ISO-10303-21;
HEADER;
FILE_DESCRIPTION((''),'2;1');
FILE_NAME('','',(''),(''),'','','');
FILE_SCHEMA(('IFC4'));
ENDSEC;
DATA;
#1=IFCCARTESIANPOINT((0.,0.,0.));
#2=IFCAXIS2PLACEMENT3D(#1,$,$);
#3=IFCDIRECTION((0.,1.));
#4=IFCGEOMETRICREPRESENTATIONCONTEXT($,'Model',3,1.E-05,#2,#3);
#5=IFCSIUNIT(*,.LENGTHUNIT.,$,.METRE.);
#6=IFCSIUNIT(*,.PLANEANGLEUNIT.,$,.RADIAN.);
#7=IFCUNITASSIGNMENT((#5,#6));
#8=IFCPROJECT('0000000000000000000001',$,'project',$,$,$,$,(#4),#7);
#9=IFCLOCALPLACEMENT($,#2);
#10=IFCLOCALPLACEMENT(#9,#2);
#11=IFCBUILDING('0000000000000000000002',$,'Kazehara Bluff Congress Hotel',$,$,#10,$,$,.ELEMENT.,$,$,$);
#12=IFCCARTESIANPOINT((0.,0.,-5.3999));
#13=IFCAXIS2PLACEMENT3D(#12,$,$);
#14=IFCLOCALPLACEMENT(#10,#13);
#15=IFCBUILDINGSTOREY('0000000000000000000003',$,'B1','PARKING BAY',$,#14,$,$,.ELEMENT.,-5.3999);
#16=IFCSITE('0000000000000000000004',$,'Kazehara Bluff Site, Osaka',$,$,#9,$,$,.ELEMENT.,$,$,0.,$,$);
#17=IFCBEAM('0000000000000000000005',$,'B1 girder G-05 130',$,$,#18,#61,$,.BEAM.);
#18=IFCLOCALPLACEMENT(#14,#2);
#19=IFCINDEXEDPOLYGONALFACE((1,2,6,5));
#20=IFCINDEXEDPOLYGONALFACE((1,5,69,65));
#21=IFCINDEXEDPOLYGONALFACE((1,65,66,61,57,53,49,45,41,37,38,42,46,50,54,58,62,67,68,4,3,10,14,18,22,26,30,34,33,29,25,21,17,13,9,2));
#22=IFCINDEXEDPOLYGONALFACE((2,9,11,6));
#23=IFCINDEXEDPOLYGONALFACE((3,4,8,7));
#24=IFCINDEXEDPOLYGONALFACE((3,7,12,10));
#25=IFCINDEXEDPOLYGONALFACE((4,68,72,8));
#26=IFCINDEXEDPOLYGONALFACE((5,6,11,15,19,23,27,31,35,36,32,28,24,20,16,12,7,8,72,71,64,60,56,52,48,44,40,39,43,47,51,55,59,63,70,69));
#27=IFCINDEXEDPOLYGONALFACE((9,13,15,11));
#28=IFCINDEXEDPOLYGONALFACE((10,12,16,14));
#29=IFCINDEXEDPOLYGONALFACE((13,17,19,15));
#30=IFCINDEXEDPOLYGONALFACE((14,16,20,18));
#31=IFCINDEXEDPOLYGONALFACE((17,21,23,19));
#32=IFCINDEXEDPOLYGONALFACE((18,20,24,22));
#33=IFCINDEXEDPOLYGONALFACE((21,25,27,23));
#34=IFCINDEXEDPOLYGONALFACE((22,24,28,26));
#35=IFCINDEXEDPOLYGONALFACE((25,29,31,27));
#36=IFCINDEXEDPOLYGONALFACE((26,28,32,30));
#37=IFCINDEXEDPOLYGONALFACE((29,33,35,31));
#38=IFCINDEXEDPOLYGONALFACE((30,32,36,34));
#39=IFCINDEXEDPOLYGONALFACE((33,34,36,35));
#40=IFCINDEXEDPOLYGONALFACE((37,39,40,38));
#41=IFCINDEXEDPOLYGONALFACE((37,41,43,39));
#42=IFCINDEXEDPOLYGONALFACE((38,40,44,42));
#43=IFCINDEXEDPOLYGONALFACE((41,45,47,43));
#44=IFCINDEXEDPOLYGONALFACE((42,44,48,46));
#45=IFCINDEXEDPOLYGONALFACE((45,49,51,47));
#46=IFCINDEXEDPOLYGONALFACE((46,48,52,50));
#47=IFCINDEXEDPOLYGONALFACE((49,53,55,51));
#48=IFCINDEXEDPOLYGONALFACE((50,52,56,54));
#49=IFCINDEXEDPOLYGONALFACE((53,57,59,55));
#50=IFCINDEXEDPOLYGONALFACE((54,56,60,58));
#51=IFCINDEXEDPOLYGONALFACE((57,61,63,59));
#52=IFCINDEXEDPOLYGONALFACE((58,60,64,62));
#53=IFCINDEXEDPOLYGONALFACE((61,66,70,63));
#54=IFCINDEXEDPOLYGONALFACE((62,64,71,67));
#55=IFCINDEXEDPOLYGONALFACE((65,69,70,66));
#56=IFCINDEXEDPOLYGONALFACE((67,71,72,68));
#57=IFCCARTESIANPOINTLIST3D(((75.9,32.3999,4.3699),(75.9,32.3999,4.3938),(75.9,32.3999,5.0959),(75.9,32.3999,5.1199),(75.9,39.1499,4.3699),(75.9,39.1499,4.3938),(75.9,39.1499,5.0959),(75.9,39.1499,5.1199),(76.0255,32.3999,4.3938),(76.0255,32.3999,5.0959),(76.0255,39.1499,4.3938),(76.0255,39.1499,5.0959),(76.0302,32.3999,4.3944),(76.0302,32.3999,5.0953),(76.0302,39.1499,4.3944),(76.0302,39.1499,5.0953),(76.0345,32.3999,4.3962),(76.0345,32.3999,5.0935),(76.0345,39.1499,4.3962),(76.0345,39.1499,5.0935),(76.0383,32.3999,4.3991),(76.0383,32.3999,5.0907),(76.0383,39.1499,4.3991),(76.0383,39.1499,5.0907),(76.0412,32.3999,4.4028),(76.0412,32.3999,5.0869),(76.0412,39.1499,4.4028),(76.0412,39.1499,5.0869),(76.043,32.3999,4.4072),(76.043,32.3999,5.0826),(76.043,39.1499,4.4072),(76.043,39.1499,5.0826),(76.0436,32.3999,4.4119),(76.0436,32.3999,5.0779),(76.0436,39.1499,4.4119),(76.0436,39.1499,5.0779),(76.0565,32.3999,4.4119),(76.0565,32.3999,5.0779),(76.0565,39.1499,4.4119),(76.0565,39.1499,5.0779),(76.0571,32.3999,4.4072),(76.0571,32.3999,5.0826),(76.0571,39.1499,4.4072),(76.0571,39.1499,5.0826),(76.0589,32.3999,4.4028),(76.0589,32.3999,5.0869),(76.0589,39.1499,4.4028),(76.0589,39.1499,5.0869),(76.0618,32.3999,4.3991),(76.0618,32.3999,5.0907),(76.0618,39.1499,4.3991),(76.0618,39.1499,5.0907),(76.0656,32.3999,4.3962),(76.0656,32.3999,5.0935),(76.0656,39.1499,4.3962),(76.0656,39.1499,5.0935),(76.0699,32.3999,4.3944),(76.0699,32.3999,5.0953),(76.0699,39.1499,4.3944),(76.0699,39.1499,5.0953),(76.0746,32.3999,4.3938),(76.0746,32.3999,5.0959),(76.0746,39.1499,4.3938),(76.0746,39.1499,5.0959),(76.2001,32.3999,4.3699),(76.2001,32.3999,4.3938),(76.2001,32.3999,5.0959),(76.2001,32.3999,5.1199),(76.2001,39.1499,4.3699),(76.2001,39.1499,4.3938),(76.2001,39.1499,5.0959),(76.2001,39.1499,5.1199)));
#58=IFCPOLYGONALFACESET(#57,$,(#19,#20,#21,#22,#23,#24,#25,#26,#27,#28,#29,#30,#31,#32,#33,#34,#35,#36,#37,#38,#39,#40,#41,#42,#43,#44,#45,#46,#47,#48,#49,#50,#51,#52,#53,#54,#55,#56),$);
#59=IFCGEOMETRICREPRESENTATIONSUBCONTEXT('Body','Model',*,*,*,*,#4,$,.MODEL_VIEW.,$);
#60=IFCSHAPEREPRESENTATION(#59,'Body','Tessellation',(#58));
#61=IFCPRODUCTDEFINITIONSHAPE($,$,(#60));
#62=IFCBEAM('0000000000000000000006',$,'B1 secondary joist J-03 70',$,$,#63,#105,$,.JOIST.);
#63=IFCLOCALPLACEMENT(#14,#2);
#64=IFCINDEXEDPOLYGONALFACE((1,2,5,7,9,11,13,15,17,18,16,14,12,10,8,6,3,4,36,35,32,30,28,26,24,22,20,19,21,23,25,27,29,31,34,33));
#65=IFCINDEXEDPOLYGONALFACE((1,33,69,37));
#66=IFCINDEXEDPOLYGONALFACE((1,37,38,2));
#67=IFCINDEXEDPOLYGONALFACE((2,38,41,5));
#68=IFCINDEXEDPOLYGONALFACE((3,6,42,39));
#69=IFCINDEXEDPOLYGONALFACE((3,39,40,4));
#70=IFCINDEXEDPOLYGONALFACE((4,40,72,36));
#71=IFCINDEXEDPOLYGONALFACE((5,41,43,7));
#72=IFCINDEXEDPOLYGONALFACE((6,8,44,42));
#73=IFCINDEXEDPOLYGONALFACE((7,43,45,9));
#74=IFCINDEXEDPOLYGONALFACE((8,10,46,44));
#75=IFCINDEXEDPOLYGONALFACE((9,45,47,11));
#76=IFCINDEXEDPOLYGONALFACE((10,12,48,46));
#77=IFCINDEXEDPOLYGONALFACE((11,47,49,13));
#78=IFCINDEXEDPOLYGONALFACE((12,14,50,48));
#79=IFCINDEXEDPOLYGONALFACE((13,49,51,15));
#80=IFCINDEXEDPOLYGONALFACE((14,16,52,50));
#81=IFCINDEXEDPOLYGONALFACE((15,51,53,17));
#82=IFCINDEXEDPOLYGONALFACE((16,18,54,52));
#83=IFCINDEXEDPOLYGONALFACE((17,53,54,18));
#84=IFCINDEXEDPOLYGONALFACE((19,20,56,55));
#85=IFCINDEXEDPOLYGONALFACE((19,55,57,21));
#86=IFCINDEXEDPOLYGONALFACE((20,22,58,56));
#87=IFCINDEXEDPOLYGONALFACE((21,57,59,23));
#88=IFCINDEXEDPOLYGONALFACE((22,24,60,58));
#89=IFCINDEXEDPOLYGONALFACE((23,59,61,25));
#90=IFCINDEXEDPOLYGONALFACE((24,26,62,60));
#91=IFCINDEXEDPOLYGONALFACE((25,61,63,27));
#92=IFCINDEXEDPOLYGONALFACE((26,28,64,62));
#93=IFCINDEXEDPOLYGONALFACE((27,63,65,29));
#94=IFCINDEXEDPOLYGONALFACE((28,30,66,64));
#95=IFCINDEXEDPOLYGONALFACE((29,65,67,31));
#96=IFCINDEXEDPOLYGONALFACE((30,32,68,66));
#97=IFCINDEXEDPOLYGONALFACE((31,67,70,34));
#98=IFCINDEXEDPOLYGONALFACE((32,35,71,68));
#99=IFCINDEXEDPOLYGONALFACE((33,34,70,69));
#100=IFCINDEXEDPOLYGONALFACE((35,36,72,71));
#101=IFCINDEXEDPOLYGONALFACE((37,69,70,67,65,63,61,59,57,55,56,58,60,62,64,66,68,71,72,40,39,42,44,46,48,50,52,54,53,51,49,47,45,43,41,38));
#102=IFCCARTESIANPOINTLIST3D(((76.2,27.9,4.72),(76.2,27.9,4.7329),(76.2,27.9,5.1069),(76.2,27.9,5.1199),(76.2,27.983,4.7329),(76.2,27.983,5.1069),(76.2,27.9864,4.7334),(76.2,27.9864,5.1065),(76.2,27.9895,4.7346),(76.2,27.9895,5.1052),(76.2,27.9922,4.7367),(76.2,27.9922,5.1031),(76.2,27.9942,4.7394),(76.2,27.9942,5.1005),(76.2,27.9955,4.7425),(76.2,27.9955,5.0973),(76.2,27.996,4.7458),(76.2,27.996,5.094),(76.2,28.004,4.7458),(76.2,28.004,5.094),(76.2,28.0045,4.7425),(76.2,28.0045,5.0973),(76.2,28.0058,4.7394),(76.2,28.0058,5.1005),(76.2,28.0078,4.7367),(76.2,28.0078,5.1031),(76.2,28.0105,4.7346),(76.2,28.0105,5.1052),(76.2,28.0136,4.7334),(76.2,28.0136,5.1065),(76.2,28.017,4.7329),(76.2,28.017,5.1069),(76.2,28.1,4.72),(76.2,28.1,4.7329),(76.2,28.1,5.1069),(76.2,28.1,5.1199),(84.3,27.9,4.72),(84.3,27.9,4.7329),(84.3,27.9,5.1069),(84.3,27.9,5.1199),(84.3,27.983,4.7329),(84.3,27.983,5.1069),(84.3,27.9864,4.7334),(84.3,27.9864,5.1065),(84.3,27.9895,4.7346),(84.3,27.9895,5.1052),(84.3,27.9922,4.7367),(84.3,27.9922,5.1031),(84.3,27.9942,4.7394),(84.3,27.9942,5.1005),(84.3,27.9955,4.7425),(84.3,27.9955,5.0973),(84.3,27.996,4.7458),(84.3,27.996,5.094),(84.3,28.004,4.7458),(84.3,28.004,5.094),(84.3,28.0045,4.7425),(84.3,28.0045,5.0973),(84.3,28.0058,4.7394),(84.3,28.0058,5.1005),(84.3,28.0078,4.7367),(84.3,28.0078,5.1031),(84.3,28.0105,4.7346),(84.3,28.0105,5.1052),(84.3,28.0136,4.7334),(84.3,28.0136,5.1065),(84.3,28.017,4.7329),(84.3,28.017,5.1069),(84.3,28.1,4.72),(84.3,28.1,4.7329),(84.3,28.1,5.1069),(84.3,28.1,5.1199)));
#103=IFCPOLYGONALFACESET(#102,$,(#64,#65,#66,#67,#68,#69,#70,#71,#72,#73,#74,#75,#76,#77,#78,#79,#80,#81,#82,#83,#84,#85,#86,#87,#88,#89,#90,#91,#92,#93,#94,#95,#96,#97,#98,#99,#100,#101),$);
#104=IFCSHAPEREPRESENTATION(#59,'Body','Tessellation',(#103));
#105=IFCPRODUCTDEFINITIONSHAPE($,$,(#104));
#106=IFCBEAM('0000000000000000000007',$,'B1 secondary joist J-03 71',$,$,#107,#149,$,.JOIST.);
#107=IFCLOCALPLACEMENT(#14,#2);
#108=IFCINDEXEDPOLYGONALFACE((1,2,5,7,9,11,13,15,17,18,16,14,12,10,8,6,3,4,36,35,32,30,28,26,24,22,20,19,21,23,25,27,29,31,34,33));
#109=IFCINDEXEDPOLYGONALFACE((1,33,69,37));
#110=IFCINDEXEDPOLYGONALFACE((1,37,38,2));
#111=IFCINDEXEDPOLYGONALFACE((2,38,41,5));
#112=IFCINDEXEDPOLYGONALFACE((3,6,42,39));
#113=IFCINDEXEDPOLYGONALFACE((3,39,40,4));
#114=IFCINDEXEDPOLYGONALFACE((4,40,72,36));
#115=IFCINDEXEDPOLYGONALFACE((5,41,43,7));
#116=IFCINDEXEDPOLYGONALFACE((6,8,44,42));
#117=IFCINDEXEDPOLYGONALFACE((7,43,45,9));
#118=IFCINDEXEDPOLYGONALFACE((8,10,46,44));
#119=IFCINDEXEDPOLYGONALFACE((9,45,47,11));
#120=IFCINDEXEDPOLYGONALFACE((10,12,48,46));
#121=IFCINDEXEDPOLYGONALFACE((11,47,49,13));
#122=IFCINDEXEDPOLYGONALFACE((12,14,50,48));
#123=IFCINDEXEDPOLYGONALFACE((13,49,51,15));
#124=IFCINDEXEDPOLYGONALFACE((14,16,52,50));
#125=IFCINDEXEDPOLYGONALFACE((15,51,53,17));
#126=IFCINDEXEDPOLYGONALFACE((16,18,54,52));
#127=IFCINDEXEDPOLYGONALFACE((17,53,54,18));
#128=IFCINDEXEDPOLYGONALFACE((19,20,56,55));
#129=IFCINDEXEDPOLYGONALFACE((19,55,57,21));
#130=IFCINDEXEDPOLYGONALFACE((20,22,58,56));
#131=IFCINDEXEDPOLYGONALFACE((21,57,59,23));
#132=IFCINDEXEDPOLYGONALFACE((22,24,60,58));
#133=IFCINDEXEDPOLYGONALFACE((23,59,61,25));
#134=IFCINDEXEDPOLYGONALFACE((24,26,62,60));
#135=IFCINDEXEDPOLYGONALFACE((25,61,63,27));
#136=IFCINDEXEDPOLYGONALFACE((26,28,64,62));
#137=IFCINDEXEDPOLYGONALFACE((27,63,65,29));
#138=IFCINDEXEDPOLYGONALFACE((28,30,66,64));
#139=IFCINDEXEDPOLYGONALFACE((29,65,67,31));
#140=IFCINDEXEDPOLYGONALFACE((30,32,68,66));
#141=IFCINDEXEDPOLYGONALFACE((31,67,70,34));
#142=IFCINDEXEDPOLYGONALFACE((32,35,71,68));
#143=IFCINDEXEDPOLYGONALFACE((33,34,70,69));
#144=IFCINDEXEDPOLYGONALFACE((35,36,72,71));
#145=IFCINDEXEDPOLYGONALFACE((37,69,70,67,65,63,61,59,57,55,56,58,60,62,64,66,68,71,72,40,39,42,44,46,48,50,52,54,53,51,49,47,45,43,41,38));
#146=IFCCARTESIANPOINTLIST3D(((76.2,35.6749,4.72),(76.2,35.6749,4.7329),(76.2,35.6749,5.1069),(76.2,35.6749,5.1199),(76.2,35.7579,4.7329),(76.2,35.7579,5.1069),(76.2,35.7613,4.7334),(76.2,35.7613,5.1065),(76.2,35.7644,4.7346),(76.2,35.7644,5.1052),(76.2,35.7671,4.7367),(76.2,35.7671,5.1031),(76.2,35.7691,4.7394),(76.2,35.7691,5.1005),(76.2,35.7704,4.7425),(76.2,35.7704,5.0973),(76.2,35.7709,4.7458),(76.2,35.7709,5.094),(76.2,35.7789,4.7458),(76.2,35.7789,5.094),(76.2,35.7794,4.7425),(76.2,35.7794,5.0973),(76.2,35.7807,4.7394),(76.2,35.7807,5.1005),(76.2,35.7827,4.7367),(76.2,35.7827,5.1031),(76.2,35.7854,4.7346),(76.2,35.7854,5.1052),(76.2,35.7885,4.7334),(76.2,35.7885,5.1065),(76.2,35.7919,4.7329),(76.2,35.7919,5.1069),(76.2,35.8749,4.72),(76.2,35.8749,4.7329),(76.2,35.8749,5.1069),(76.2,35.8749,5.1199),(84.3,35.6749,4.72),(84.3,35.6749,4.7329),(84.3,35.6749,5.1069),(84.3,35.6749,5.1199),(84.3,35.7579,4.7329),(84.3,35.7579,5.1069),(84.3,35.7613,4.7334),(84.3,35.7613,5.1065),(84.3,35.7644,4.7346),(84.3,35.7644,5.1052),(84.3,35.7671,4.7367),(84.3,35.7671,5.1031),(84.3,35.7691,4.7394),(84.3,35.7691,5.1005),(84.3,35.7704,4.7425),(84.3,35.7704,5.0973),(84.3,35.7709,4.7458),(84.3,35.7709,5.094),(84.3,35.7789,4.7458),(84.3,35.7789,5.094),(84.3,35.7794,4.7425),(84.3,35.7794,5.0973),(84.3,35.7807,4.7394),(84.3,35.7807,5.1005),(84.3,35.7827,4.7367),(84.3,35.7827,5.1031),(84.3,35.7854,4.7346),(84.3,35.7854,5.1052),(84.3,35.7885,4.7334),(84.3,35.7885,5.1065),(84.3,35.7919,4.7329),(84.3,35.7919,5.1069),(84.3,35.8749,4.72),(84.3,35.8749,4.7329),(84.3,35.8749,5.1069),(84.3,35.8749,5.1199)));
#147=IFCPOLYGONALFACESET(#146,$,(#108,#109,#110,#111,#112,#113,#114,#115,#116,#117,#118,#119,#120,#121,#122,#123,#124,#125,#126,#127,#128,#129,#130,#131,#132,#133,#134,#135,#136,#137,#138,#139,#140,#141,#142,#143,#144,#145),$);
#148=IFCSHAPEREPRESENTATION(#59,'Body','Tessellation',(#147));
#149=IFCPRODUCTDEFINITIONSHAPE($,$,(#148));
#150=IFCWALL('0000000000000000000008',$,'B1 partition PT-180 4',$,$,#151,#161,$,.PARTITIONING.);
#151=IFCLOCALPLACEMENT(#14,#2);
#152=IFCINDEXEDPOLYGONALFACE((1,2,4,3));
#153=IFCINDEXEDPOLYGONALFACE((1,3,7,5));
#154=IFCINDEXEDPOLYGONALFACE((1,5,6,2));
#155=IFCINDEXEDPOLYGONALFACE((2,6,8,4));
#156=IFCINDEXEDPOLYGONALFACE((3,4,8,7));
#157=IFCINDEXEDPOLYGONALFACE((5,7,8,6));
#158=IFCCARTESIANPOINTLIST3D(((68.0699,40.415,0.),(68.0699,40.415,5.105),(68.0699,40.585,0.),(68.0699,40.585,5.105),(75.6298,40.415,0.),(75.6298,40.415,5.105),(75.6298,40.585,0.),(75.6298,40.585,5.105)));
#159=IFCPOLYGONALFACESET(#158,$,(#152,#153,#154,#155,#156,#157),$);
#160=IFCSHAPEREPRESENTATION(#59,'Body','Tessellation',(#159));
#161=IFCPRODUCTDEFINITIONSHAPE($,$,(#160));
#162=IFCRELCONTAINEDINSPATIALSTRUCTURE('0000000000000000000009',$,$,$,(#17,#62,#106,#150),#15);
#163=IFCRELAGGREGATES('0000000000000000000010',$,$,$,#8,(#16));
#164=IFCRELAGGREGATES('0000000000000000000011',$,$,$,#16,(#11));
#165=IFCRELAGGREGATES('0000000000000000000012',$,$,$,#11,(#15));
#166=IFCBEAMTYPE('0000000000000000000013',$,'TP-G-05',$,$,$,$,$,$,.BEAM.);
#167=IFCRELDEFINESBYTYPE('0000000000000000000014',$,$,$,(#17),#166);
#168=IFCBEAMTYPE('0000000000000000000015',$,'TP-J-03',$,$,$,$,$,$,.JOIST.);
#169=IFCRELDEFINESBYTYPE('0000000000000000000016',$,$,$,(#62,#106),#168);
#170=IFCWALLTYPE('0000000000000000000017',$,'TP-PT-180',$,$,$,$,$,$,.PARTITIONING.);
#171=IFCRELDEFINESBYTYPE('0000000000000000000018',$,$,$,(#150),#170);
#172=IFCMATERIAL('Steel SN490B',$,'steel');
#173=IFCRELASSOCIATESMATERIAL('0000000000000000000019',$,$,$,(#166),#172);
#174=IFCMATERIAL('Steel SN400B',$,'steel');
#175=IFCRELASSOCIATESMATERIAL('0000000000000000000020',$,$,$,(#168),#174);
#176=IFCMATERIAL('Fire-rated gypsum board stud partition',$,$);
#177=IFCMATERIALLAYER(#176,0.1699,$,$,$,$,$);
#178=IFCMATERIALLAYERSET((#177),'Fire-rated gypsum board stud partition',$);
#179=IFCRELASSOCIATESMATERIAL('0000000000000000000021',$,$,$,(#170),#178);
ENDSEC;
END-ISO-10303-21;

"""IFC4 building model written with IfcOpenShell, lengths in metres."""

from ifc_helpers import new_model, si_unit, direction, frame, frame_2d, origin, origin_2d, place, context, subcontext, project, spatial, rectangle, i_section, extrude, material, layer, layer_set, material_profile, profile_set, type_object, element, save


model = new_model("IFC4")

# Units and contexts
model_context = context("Model", 3, precision=1e-05, world=origin(), true_north=direction((0.0, 1.0)))
body_context = subcontext(model_context, "Body", "Model", "MODEL_VIEW")
ifc_project = project(units=[si_unit("LENGTHUNIT", "METRE"), si_unit("PLANEANGLEUNIT", "RADIAN")], contexts=[model_context])

# Site, building, storey
site_placement = place(None, origin())
site = spatial("IfcSite", under=ifc_project, at=site_placement, Name="Kazehara Bluff Site, Osaka", CompositionType="ELEMENT", RefElevation=0.0)
building_placement = place(site_placement, origin())
building = spatial("IfcBuilding", under=site, at=building_placement, Name="Kazehara Bluff Congress Hotel", CompositionType="ELEMENT")
storey_placement = place(building_placement, frame((0.0, 0.0, -5.3999)))
storey = spatial("IfcBuildingStorey", under=building, at=storey_placement, Name="B1", Description="PARKING BAY", CompositionType="ELEMENT", Elevation=-5.3999)

# Beams
ifc_material_1 = material(Name="Steel SN490B", Category="steel")
ifc_material_profile_1 = material_profile(ifc_material_1, i_section(OverallWidth=0.3, OverallDepth=0.75, WebThickness=0.0129, FlangeThickness=0.0239, FilletRadius=0.0181, at=origin_2d()))
ifc_profile_set_1 = profile_set([ifc_material_profile_1], Name="Steel SN490B")
beam_type_1 = type_object("IfcBeamType", Name="TP-G-05", PredefinedType="BEAM", material=ifc_profile_set_1)
beam_placement = place(storey_placement, frame((76.05, 32.3999, 4.7449), z_axis=(0.0, 1.0, 0.0), x_axis=(-1.0, 0.0, 0.0)))
element("IfcBeam", 1, at=beam_placement, inside=storey, type_object=beam_type_1, Name="B1 girder G-05 130", PredefinedType="BEAM", context=body_context, shape_type="SweptSolid", body=[
    extrude(i_section(OverallWidth=0.3, OverallDepth=0.75, WebThickness=0.0129, FlangeThickness=0.0239, FilletRadius=0.0181, at=origin_2d()), origin(), (0.0, 0.0, 1.0), 6.75),
])
ifc_material_2 = material(Name="Steel SN400B", Category="steel")
ifc_material_profile_2 = material_profile(ifc_material_2, i_section(OverallWidth=0.2, OverallDepth=0.3999, WebThickness=0.0081, FlangeThickness=0.0129, FilletRadius=0.0129, at=origin_2d()))
ifc_profile_set_2 = profile_set([ifc_material_profile_2], Name="Steel SN400B")
beam_type_2 = type_object("IfcBeamType", Name="TP-J-03", PredefinedType="JOIST", material=ifc_profile_set_2)
for number, where, z_axis, x_axis, name in (
    (2, (76.2, 28.0, 4.9199), (1.0, 0.0, 0.0), (0.0, 1.0, 0.0), "B1 secondary joist J-03 70"),
    (3, (76.2, 35.7749, 4.9199), (1.0, 0.0, 0.0), (0.0, 1.0, 0.0), "B1 secondary joist J-03 71"),
):
    element("IfcBeam", number, at=place(storey_placement, frame(where, z_axis=z_axis, x_axis=x_axis)), inside=storey, type_object=beam_type_2, Name=name, PredefinedType="JOIST", context=body_context, shape_type="SweptSolid", body=[
        extrude(i_section(OverallWidth=0.2, OverallDepth=0.3999, WebThickness=0.0081, FlangeThickness=0.0129, FilletRadius=0.0129, at=origin_2d()), origin(), (0.0, 0.0, 1.0), 8.1001),
    ])

# Wall
ifc_material_3 = material(Name="Fire-rated gypsum board stud partition")
ifc_layer_1 = layer(ifc_material_3, 0.1699)
ifc_layer_set_1 = layer_set([ifc_layer_1], Name="Fire-rated gypsum board stud partition")
wall_type = type_object("IfcWallType", Name="TP-PT-180", PredefinedType="PARTITIONING", material=ifc_layer_set_1)
wall_placement = place(storey_placement, frame((68.0701, 40.5, 0.0), z_axis=(0.0, 0.0, 1.0), x_axis=(1.0, 0.0, 0.0)))
element("IfcWall", 4, at=wall_placement, inside=storey, type_object=wall_type, Name="B1 partition PT-180 4", PredefinedType="PARTITIONING", context=body_context, shape_type="SweptSolid", body=[
    extrude(rectangle(XDim=7.5598, YDim=0.1699, at=frame_2d((3.7798, 0.0))), origin(), (0.0, 0.0, 1.0), 5.105),
])

save(model, "model.ifc")
